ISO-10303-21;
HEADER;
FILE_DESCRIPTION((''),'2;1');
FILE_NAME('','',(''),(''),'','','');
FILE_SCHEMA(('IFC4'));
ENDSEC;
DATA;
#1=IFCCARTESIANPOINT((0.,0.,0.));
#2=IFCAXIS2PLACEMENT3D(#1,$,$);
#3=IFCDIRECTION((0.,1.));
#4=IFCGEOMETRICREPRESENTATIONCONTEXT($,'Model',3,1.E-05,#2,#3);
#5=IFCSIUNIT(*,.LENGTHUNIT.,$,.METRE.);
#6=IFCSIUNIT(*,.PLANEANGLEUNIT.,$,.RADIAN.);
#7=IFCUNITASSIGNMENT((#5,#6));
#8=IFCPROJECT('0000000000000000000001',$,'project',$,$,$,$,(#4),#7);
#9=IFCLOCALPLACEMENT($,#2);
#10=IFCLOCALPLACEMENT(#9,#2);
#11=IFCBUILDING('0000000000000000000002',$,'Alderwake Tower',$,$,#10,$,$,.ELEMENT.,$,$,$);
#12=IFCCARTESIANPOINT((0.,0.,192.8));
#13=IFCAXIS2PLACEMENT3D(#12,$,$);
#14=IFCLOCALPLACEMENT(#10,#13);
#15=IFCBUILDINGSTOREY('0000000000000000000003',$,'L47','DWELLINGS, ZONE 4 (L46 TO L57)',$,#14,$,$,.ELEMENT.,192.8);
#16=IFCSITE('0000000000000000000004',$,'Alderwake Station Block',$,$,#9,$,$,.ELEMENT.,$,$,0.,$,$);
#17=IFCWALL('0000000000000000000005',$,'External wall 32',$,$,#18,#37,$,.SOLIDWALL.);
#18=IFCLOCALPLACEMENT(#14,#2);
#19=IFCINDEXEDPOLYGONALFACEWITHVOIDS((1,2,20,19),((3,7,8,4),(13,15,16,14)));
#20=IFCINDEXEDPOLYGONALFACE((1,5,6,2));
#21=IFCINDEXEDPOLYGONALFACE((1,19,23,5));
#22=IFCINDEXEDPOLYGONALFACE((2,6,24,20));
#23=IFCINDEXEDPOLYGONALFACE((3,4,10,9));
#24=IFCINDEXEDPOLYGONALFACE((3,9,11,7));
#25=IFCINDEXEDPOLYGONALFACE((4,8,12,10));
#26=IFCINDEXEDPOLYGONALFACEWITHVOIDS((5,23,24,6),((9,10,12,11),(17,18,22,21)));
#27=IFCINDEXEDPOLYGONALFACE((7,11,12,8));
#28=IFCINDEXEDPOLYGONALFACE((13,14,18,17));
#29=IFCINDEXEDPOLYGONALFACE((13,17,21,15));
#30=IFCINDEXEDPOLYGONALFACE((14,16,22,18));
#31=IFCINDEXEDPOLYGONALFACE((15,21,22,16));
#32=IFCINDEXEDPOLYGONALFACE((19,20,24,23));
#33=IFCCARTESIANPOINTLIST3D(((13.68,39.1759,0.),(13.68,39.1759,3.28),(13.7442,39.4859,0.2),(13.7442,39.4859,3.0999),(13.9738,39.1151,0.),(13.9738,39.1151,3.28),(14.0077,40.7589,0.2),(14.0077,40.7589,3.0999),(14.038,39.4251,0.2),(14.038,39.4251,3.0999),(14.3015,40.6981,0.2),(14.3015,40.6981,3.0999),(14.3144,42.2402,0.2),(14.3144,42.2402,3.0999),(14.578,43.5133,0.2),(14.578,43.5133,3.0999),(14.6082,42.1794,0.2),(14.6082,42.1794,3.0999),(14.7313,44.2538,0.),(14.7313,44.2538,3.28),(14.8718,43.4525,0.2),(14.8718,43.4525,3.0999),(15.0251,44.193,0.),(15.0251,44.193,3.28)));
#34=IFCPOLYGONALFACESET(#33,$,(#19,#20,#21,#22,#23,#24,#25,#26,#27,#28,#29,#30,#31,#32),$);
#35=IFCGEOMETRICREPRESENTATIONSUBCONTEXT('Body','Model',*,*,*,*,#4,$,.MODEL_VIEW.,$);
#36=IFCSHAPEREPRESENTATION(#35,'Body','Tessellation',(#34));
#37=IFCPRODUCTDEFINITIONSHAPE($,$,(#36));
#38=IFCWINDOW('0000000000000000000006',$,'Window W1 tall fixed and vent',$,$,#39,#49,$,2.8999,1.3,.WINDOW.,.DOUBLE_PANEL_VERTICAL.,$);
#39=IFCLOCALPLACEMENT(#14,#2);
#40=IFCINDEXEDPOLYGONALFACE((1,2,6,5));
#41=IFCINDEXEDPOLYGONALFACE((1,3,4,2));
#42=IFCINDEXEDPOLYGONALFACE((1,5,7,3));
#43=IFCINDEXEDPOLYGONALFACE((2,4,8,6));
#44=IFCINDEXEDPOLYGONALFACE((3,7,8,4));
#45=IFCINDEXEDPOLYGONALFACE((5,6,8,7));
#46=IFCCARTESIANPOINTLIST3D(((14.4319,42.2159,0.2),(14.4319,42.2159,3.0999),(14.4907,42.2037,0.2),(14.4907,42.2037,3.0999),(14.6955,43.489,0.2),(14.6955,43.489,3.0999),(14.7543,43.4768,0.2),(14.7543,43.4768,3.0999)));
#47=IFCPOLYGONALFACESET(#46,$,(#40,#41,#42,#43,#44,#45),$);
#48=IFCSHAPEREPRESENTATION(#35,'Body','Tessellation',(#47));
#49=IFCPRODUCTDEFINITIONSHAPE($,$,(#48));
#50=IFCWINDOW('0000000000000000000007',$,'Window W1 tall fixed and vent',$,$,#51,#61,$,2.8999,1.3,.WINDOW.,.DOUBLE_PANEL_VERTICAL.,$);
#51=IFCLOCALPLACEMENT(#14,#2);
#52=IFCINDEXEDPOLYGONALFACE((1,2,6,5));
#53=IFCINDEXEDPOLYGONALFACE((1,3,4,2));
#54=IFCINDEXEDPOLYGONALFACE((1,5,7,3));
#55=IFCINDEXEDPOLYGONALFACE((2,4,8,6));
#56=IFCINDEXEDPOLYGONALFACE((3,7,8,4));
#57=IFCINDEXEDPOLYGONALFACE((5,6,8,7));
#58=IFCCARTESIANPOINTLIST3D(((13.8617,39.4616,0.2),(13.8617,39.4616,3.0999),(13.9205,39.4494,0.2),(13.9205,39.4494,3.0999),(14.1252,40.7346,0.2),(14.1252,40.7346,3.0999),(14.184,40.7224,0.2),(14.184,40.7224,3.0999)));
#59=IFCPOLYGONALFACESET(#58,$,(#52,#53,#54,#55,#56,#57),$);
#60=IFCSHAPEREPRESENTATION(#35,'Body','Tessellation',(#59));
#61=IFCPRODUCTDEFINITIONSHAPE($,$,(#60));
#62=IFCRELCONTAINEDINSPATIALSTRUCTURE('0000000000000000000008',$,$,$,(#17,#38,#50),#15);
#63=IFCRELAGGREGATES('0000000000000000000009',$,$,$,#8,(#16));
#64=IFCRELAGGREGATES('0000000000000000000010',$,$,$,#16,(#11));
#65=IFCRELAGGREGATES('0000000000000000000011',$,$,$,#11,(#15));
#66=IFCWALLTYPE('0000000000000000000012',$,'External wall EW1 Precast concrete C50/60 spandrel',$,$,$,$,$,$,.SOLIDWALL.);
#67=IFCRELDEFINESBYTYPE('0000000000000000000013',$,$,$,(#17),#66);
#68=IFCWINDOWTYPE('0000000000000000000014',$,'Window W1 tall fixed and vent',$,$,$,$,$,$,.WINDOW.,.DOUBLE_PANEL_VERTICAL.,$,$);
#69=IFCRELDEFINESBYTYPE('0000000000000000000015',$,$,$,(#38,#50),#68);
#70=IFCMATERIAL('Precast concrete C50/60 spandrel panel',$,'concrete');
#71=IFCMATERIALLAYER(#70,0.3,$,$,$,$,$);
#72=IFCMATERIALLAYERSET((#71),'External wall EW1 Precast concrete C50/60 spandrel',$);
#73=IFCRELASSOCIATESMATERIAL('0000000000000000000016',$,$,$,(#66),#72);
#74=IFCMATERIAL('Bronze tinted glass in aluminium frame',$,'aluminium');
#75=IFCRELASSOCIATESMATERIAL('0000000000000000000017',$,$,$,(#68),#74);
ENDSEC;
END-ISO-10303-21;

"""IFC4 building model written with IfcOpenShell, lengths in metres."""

from ifc_helpers import new_model, si_unit, direction, frame, frame_2d, origin, place, context, subcontext, project, spatial, rectangle, extrude, material, layer, layer_set, type_object, element, fill, save


model = new_model("IFC4")

# Units and contexts
model_context = context("Model", 3, precision=1e-05, world=origin(), true_north=direction((0.0, 1.0)))
body_context = subcontext(model_context, "Body", "Model", "MODEL_VIEW")
ifc_project = project(units=[si_unit("LENGTHUNIT", "METRE"), si_unit("PLANEANGLEUNIT", "RADIAN")], contexts=[model_context])

# Site, building, storey
site_placement = place(None, origin())
site = spatial("IfcSite", under=ifc_project, at=site_placement, Name="Alderwake Station Block", CompositionType="ELEMENT", RefElevation=0.0)
building_placement = place(site_placement, origin())
building = spatial("IfcBuilding", under=site, at=building_placement, Name="Alderwake Tower", CompositionType="ELEMENT")
storey_placement = place(building_placement, frame((0.0, 0.0, 192.8)))
storey = spatial("IfcBuildingStorey", under=building, at=storey_placement, Name="L47", Description="DWELLINGS, ZONE 4 (L46 TO L57)", CompositionType="ELEMENT", Elevation=192.8)

# Wall, openings, windows
ifc_material_1 = material(Name="Precast concrete C50/60 spandrel panel", Category="concrete")
ifc_layer_1 = layer(ifc_material_1, 0.3)
ifc_layer_set_1 = layer_set([ifc_layer_1], Name="External wall EW1 Precast concrete C50/60 spandrel")
wall_type_1 = type_object("IfcWallType", Name="External wall EW1 Precast concrete C50/60 spandrel", PredefinedType="SOLIDWALL", material=ifc_layer_set_1)
wall_1_placement = place(storey_placement, frame((14.8782, 44.2234, 0.0), z_axis=(0.0, 0.0, 1.0), x_axis=(-0.20273, -0.979235, 0.0)))
wall_1 = element("IfcWall", 1, at=wall_1_placement, inside=storey, type_object=wall_type_1, Name="External wall 32", PredefinedType="SOLIDWALL", context=body_context, shape_type="SweptSolid", body=[
    extrude(rectangle(XDim=5.1855, YDim=0.3, at=frame_2d((2.5928, 0.0))), origin(), (0.0, 0.0, 1.0), 3.28),
])
opening_1_placement = place(wall_1_placement, frame((0.7563, 0.0, 0.2)))
opening_1 = element("IfcOpeningElement", 2, at=opening_1_placement, cuts=wall_1, PredefinedType="OPENING", context=body_context, shape_type="SweptSolid", body=[
    extrude(rectangle(XDim=1.3, YDim=2.8999, at=frame_2d((0.6499, 1.45))), frame((0.0, 0.1599, 0.0), z_axis=(0.0, -1.0, 0.0), x_axis=(1.0, 0.0, 0.0)), (0.0, 0.0, 1.0), 0.3201),
])
opening_2_placement = place(wall_1_placement, frame((3.5691, 0.0, 0.2)))
opening_2 = element("IfcOpeningElement", 3, at=opening_2_placement, cuts=wall_1, PredefinedType="OPENING", context=body_context, shape_type="SweptSolid", body=[
    extrude(rectangle(XDim=1.3, YDim=2.8999, at=frame_2d((0.6499, 1.45))), frame((0.0, 0.1599, 0.0), z_axis=(0.0, -1.0, 0.0), x_axis=(1.0, 0.0, 0.0)), (0.0, 0.0, 1.0), 0.3201),
])
ifc_material_2 = material(Name="Bronze tinted glass in aluminium frame", Category="aluminium")
window_type = type_object("IfcWindowType", Name="Window W1 tall fixed and vent", PartitioningType="DOUBLE_PANEL_VERTICAL", PredefinedType="WINDOW", material=ifc_material_2)
window_1_placement = place(opening_1_placement, origin())
window_1 = element("IfcWindow", 4, at=window_1_placement, inside=storey, type_object=window_type, Name="Window W1 tall fixed and vent", OverallHeight=2.8999, OverallWidth=1.3, PartitioningType="DOUBLE_PANEL_VERTICAL", PredefinedType="WINDOW", context=body_context, shape_type="SweptSolid", body=[
    extrude(rectangle(XDim=1.3, YDim=2.8999, at=frame_2d((0.6499, 1.45))), frame((0.0, 0.03, 0.0), z_axis=(0.0, -1.0, 0.0), x_axis=(1.0, 0.0, 0.0)), (0.0, 0.0, 1.0), 0.0601),
])
fill(opening_1, window_1)
window_2_placement = place(opening_2_placement, origin())
window_2 = element("IfcWindow", 5, at=window_2_placement, inside=storey, type_object=window_type, Name="Window W1 tall fixed and vent", OverallHeight=2.8999, OverallWidth=1.3, PartitioningType="DOUBLE_PANEL_VERTICAL", PredefinedType="WINDOW", context=body_context, shape_type="SweptSolid", body=[
    extrude(rectangle(XDim=1.3, YDim=2.8999, at=frame_2d((0.6499, 1.45))), frame((0.0, 0.03, 0.0), z_axis=(0.0, -1.0, 0.0), x_axis=(1.0, 0.0, 0.0)), (0.0, 0.0, 1.0), 0.0601),
])
fill(opening_2, window_2)

save(model, "model.ifc")
